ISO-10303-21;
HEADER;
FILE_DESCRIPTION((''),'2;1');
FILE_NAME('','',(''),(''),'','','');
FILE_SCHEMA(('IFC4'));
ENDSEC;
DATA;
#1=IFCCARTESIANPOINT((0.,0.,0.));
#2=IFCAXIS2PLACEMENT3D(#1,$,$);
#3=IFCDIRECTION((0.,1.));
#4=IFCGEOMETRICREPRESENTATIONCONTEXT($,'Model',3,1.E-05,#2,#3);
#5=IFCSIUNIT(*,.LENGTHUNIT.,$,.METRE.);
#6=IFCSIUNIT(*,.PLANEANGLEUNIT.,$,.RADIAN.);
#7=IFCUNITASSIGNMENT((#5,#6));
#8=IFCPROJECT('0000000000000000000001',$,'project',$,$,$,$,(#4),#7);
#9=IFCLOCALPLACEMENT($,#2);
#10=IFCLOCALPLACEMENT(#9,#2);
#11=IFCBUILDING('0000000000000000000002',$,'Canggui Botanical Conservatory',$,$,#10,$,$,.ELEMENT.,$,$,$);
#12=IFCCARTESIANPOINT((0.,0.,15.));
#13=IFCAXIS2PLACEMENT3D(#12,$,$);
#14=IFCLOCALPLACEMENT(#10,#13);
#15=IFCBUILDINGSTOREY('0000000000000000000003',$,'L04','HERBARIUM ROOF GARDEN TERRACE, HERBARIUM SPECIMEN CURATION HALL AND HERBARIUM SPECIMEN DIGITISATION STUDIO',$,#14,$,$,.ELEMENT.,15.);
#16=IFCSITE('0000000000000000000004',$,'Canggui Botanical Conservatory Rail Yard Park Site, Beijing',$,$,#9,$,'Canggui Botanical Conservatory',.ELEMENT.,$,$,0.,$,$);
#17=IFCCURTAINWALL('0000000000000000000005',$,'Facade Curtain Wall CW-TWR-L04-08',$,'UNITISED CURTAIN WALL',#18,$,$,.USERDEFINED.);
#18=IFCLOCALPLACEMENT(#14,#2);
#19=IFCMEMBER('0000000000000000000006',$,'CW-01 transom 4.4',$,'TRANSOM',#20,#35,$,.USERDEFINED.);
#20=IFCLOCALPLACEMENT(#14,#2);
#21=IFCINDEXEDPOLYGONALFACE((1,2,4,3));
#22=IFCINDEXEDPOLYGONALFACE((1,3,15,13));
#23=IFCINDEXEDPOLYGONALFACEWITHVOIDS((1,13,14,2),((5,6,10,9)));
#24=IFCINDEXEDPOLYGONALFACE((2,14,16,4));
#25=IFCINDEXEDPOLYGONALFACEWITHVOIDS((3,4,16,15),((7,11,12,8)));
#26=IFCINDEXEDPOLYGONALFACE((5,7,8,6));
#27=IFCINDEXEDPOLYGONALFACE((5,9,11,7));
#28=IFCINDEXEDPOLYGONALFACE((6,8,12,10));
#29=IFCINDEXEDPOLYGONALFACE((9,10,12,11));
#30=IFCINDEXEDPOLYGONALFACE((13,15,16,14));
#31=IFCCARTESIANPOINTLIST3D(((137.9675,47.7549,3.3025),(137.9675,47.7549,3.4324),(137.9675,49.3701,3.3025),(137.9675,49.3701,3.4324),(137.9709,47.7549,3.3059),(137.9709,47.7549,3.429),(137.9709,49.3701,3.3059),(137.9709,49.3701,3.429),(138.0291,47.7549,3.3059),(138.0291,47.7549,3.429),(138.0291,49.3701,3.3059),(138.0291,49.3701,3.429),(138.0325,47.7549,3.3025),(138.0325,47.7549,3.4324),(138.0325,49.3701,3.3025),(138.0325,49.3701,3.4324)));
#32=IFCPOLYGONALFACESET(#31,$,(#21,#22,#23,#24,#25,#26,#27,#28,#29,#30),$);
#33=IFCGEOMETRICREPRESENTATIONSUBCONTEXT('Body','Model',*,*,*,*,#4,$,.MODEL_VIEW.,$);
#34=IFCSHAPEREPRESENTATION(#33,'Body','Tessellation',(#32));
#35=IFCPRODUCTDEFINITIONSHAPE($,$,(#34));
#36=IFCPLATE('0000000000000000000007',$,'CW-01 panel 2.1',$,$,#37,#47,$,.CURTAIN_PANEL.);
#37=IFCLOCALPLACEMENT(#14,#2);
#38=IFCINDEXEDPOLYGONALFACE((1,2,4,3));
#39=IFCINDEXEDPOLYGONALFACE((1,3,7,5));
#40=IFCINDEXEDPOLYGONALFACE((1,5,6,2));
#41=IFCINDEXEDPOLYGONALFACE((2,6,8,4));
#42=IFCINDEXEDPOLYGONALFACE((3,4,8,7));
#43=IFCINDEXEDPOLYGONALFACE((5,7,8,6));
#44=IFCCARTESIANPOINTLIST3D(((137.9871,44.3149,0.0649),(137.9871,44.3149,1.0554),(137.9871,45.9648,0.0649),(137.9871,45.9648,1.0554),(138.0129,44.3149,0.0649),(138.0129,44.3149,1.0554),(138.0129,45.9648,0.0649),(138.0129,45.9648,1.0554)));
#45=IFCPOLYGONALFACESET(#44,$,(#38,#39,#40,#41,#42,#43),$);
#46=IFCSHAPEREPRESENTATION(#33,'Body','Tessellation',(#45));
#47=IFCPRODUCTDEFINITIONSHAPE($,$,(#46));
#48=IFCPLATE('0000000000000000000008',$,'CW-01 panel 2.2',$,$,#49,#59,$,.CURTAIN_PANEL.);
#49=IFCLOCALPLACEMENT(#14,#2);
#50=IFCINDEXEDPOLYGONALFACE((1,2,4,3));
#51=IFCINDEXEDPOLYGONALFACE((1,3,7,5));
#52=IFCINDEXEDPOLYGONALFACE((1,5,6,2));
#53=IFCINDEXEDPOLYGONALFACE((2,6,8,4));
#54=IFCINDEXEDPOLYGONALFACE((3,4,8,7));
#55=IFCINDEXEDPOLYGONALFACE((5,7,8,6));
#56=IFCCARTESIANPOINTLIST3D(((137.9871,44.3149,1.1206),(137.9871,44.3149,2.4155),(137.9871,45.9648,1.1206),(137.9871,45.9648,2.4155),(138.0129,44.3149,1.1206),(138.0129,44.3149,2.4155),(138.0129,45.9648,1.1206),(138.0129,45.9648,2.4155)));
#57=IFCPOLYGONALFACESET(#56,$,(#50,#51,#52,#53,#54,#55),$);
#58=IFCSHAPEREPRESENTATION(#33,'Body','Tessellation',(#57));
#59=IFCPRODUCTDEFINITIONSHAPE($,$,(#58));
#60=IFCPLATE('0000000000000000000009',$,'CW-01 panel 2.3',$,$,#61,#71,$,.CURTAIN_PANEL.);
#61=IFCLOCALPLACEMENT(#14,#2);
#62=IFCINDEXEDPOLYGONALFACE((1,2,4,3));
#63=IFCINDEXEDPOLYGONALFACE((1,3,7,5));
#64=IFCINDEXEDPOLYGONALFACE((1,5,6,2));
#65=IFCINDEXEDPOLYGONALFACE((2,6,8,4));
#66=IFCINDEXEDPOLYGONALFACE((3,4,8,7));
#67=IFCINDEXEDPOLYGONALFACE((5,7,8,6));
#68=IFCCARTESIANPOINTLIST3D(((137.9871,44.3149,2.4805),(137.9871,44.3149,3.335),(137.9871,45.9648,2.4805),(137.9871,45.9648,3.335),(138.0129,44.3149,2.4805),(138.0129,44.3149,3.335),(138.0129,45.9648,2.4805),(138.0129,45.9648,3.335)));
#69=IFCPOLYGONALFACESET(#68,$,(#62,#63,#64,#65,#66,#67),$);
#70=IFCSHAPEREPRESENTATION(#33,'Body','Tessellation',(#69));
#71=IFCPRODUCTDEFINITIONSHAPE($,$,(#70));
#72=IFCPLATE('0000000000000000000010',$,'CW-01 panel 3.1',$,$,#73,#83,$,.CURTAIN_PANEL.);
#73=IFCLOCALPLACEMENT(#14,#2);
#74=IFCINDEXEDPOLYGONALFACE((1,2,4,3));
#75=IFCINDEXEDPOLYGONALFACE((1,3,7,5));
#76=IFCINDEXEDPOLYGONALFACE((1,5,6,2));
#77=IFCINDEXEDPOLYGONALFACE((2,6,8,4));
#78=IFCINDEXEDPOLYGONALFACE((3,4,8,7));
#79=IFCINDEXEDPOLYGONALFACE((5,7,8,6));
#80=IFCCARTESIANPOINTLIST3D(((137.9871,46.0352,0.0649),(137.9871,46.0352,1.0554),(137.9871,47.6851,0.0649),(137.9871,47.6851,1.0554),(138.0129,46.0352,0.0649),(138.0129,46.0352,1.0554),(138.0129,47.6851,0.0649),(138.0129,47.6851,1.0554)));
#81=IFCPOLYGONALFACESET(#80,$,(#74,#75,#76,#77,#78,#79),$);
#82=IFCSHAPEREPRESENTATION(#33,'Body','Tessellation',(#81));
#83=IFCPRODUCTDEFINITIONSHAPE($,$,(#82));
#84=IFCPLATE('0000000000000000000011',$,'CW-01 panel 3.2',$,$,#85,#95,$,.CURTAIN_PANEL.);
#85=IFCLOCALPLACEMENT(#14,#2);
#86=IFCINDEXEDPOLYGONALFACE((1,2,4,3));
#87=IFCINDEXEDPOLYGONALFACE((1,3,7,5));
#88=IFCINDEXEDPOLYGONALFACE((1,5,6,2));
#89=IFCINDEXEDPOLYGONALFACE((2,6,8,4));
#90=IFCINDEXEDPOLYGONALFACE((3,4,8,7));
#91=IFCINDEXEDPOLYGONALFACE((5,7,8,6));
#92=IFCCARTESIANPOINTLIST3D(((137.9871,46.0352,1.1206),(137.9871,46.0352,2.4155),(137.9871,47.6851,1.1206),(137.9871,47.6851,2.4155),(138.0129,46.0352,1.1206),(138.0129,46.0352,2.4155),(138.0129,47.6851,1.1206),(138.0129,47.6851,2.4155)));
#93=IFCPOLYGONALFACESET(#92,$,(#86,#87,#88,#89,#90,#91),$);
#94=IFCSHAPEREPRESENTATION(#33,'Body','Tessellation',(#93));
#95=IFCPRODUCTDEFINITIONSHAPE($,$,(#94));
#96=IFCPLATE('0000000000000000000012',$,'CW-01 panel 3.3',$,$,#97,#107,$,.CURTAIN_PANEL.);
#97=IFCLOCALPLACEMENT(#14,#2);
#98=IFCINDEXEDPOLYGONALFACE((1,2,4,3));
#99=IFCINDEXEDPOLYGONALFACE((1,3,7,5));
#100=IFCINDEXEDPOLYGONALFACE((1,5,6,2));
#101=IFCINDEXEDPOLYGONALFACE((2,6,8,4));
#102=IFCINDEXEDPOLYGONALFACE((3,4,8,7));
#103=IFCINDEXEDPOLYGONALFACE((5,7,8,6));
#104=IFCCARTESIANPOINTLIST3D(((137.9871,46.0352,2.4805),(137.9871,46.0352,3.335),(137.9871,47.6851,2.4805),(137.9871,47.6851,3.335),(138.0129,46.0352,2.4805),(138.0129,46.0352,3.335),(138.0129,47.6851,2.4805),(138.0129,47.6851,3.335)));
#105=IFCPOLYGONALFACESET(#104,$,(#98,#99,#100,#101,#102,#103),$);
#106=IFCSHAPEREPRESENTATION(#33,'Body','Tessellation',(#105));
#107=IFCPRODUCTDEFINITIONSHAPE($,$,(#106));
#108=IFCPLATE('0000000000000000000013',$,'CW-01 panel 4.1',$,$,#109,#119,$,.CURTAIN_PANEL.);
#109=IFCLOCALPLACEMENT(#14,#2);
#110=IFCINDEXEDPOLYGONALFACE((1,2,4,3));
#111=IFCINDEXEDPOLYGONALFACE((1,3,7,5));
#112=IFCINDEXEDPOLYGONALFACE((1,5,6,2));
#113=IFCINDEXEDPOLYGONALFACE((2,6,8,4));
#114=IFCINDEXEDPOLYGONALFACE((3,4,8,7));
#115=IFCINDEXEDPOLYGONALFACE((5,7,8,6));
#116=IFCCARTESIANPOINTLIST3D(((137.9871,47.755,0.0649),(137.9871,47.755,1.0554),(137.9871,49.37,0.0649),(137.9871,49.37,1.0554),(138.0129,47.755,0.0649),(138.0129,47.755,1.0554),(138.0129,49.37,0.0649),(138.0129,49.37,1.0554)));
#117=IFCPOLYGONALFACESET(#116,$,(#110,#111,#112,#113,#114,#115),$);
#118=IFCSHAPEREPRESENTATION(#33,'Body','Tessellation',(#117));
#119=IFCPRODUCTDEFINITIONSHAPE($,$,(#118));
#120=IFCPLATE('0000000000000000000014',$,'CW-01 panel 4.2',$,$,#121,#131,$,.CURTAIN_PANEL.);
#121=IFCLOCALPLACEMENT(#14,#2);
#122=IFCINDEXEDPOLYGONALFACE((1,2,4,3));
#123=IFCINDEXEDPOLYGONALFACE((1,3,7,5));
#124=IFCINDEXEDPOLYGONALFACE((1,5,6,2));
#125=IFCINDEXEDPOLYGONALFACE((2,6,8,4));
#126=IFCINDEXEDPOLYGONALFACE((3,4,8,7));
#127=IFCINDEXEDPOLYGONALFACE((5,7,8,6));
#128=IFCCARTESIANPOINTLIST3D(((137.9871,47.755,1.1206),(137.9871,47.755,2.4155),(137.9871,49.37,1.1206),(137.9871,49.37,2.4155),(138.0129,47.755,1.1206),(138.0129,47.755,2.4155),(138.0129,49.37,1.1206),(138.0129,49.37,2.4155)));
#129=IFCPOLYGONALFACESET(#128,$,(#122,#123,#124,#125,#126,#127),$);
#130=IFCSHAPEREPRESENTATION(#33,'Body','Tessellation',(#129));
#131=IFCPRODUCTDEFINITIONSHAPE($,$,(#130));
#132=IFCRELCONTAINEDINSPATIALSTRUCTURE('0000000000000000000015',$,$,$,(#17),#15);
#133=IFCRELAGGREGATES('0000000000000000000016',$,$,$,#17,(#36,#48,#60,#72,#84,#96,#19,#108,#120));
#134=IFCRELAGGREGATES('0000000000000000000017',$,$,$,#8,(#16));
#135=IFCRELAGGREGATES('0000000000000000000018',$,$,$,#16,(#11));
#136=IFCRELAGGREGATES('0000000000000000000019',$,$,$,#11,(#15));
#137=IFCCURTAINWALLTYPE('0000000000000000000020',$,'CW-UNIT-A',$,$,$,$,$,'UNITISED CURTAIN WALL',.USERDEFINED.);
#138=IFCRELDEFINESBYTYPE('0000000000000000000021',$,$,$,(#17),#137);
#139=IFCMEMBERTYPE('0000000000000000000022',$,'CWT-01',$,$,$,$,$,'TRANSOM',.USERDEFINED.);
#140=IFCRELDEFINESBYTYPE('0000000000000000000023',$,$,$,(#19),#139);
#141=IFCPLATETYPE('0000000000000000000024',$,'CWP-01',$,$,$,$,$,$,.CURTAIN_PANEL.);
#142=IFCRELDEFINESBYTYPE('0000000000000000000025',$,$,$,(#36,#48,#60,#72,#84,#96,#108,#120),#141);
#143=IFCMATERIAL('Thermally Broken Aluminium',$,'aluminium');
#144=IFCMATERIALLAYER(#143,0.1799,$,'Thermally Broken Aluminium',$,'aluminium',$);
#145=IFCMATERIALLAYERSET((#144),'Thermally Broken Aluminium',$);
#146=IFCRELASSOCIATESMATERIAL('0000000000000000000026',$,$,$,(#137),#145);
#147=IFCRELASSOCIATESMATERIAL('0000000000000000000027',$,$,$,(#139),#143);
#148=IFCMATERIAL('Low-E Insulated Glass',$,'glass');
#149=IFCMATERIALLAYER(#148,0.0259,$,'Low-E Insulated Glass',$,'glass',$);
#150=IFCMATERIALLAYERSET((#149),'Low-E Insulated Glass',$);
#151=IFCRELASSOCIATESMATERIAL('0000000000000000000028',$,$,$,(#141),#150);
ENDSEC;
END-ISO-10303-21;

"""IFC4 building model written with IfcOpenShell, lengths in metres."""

from ifc_helpers import new_model, si_unit, direction, frame, origin, origin_2d, place, context, subcontext, project, spatial, rectangle, hollow_rectangle, extrude, material, layer, layer_set, material_profile, profile_set, type_object, element, aggregate, save


model = new_model("IFC4")

# Units and contexts
model_context = context("Model", 3, precision=1e-05, world=origin(), true_north=direction((0.0, 1.0)))
body_context = subcontext(model_context, "Body", "Model", "MODEL_VIEW")
ifc_project = project(units=[si_unit("LENGTHUNIT", "METRE"), si_unit("PLANEANGLEUNIT", "RADIAN")], contexts=[model_context])

# Site, building, storey
site_placement = place(None, origin())
site = spatial("IfcSite", under=ifc_project, at=site_placement, Name="Canggui Botanical Conservatory Rail Yard Park Site, Beijing", LongName="Canggui Botanical Conservatory", CompositionType="ELEMENT", RefElevation=0.0)
building_placement = place(site_placement, origin())
building = spatial("IfcBuilding", under=site, at=building_placement, Name="Canggui Botanical Conservatory", CompositionType="ELEMENT")
storey_placement = place(building_placement, frame((0.0, 0.0, 15.0)))
storey = spatial("IfcBuildingStorey", under=building, at=storey_placement, Name="L04", Description="HERBARIUM ROOF GARDEN TERRACE, HERBARIUM SPECIMEN CURATION HALL AND HERBARIUM SPECIMEN DIGITISATION STUDIO", CompositionType="ELEMENT", Elevation=15.0)

# Curtain wall, member, plates
ifc_material_1 = material(Name="Thermally Broken Aluminium", Category="aluminium")
ifc_layer_1 = layer(ifc_material_1, 0.1799, Name="Thermally Broken Aluminium", Category="aluminium")
ifc_layer_set_1 = layer_set([ifc_layer_1], Name="Thermally Broken Aluminium")
curtain_wall_type = type_object("IfcCurtainWallType", Name="CW-UNIT-A", ElementType="UNITISED CURTAIN WALL", PredefinedType="USERDEFINED", material=ifc_layer_set_1)
curtain_wall_placement = place(storey_placement, origin())
curtain_wall = element("IfcCurtainWall", 1, at=curtain_wall_placement, inside=storey, type_object=curtain_wall_type, Name="Facade Curtain Wall CW-TWR-L04-08", ObjectType="UNITISED CURTAIN WALL", PredefinedType="USERDEFINED")
ifc_material_profile_1 = material_profile(ifc_material_1, hollow_rectangle(XDim=0.0649, YDim=0.1299, WallThickness=0.0034, at=origin_2d()), Name="CWT 65x130x3.5")
ifc_profile_set_1 = profile_set([ifc_material_profile_1], Name="Thermally Broken Aluminium")
member_type_1 = type_object("IfcMemberType", Name="CWT-01", ElementType="TRANSOM", PredefinedType="USERDEFINED", material=ifc_profile_set_1)
member_1_placement = place(storey_placement, frame((138.0, 47.7549, 3.3674), z_axis=(0.0, 1.0, 0.0), x_axis=(-1.0, 0.0, 0.0)))
member_1 = element("IfcMember", 2, at=member_1_placement, type_object=member_type_1, Name="CW-01 transom 4.4", ObjectType="TRANSOM", PredefinedType="USERDEFINED", context=body_context, shape_type="SweptSolid", body=[
    extrude(hollow_rectangle(XDim=0.0649, YDim=0.1299, WallThickness=0.0034, at=origin_2d()), origin(), (0.0, 0.0, 1.0), 1.6152),
])
ifc_material_2 = material(Name="Low-E Insulated Glass", Category="glass")
ifc_layer_2 = layer(ifc_material_2, 0.0259, Name="Low-E Insulated Glass", Category="glass")
ifc_layer_set_2 = layer_set([ifc_layer_2], Name="Low-E Insulated Glass")
plate_type = type_object("IfcPlateType", Name="CWP-01", PredefinedType="CURTAIN_PANEL", material=ifc_layer_set_2)
plate_1_placement = place(storey_placement, frame((138.0, 45.1399, 0.0649), z_axis=(0.0, 0.0, 1.0), x_axis=(0.0, 1.0, 0.0)))
plate_1 = element("IfcPlate", 3, at=plate_1_placement, type_object=plate_type, Name="CW-01 panel 2.1", PredefinedType="CURTAIN_PANEL", context=body_context, shape_type="SweptSolid", body=[
    extrude(rectangle(XDim=1.6499, YDim=0.0259, at=origin_2d()), origin(), (0.0, 0.0, 1.0), 0.9905),
])
plate_2_placement = place(storey_placement, frame((138.0, 45.1399, 1.1206), z_axis=(0.0, 0.0, 1.0), x_axis=(0.0, 1.0, 0.0)))
plate_2 = element("IfcPlate", 4, at=plate_2_placement, type_object=plate_type, Name="CW-01 panel 2.2", PredefinedType="CURTAIN_PANEL", context=body_context, shape_type="SweptSolid", body=[
    extrude(rectangle(XDim=1.6499, YDim=0.0259, at=origin_2d()), origin(), (0.0, 0.0, 1.0), 1.2949),
])
plate_3_placement = place(storey_placement, frame((138.0, 45.1399, 2.4805), z_axis=(0.0, 0.0, 1.0), x_axis=(0.0, 1.0, 0.0)))
plate_3 = element("IfcPlate", 5, at=plate_3_placement, type_object=plate_type, Name="CW-01 panel 2.3", PredefinedType="CURTAIN_PANEL", context=body_context, shape_type="SweptSolid", body=[
    extrude(rectangle(XDim=1.6499, YDim=0.0259, at=origin_2d()), origin(), (0.0, 0.0, 1.0), 0.8545),
])
plate_4_placement = place(storey_placement, frame((138.0, 46.8601, 0.0649), z_axis=(0.0, 0.0, 1.0), x_axis=(0.0, 1.0, 0.0)))
plate_4 = element("IfcPlate", 6, at=plate_4_placement, type_object=plate_type, Name="CW-01 panel 3.1", PredefinedType="CURTAIN_PANEL", context=body_context, shape_type="SweptSolid", body=[
    extrude(rectangle(XDim=1.6499, YDim=0.0259, at=origin_2d()), origin(), (0.0, 0.0, 1.0), 0.9905),
])
plate_5_placement = place(storey_placement, frame((138.0, 46.8601, 1.1206), z_axis=(0.0, 0.0, 1.0), x_axis=(0.0, 1.0, 0.0)))
plate_5 = element("IfcPlate", 7, at=plate_5_placement, type_object=plate_type, Name="CW-01 panel 3.2", PredefinedType="CURTAIN_PANEL", context=body_context, shape_type="SweptSolid", body=[
    extrude(rectangle(XDim=1.6499, YDim=0.0259, at=origin_2d()), origin(), (0.0, 0.0, 1.0), 1.2949),
])
plate_6_placement = place(storey_placement, frame((138.0, 46.8601, 2.4805), z_axis=(0.0, 0.0, 1.0), x_axis=(0.0, 1.0, 0.0)))
plate_6 = element("IfcPlate", 8, at=plate_6_placement, type_object=plate_type, Name="CW-01 panel 3.3", PredefinedType="CURTAIN_PANEL", context=body_context, shape_type="SweptSolid", body=[
    extrude(rectangle(XDim=1.6499, YDim=0.0259, at=origin_2d()), origin(), (0.0, 0.0, 1.0), 0.8545),
])
plate_7_placement = place(storey_placement, frame((138.0, 48.5625, 0.0649), z_axis=(0.0, 0.0, 1.0), x_axis=(0.0, 1.0, 0.0)))
plate_7 = element("IfcPlate", 9, at=plate_7_placement, type_object=plate_type, Name="CW-01 panel 4.1", PredefinedType="CURTAIN_PANEL", context=body_context, shape_type="SweptSolid", body=[
    extrude(rectangle(XDim=1.615, YDim=0.0259, at=origin_2d()), origin(), (0.0, 0.0, 1.0), 0.9905),
])
plate_8_placement = place(storey_placement, frame((138.0, 48.5625, 1.1206), z_axis=(0.0, 0.0, 1.0), x_axis=(0.0, 1.0, 0.0)))
plate_8 = element("IfcPlate", 10, at=plate_8_placement, type_object=plate_type, Name="CW-01 panel 4.2", PredefinedType="CURTAIN_PANEL", context=body_context, shape_type="SweptSolid", body=[
    extrude(rectangle(XDim=1.615, YDim=0.0259, at=origin_2d()), origin(), (0.0, 0.0, 1.0), 1.2949),
])
aggregate(curtain_wall, [plate_1, plate_2, plate_3, plate_4, plate_5, plate_6, member_1, plate_7, plate_8])

save(model, "model.ifc")
